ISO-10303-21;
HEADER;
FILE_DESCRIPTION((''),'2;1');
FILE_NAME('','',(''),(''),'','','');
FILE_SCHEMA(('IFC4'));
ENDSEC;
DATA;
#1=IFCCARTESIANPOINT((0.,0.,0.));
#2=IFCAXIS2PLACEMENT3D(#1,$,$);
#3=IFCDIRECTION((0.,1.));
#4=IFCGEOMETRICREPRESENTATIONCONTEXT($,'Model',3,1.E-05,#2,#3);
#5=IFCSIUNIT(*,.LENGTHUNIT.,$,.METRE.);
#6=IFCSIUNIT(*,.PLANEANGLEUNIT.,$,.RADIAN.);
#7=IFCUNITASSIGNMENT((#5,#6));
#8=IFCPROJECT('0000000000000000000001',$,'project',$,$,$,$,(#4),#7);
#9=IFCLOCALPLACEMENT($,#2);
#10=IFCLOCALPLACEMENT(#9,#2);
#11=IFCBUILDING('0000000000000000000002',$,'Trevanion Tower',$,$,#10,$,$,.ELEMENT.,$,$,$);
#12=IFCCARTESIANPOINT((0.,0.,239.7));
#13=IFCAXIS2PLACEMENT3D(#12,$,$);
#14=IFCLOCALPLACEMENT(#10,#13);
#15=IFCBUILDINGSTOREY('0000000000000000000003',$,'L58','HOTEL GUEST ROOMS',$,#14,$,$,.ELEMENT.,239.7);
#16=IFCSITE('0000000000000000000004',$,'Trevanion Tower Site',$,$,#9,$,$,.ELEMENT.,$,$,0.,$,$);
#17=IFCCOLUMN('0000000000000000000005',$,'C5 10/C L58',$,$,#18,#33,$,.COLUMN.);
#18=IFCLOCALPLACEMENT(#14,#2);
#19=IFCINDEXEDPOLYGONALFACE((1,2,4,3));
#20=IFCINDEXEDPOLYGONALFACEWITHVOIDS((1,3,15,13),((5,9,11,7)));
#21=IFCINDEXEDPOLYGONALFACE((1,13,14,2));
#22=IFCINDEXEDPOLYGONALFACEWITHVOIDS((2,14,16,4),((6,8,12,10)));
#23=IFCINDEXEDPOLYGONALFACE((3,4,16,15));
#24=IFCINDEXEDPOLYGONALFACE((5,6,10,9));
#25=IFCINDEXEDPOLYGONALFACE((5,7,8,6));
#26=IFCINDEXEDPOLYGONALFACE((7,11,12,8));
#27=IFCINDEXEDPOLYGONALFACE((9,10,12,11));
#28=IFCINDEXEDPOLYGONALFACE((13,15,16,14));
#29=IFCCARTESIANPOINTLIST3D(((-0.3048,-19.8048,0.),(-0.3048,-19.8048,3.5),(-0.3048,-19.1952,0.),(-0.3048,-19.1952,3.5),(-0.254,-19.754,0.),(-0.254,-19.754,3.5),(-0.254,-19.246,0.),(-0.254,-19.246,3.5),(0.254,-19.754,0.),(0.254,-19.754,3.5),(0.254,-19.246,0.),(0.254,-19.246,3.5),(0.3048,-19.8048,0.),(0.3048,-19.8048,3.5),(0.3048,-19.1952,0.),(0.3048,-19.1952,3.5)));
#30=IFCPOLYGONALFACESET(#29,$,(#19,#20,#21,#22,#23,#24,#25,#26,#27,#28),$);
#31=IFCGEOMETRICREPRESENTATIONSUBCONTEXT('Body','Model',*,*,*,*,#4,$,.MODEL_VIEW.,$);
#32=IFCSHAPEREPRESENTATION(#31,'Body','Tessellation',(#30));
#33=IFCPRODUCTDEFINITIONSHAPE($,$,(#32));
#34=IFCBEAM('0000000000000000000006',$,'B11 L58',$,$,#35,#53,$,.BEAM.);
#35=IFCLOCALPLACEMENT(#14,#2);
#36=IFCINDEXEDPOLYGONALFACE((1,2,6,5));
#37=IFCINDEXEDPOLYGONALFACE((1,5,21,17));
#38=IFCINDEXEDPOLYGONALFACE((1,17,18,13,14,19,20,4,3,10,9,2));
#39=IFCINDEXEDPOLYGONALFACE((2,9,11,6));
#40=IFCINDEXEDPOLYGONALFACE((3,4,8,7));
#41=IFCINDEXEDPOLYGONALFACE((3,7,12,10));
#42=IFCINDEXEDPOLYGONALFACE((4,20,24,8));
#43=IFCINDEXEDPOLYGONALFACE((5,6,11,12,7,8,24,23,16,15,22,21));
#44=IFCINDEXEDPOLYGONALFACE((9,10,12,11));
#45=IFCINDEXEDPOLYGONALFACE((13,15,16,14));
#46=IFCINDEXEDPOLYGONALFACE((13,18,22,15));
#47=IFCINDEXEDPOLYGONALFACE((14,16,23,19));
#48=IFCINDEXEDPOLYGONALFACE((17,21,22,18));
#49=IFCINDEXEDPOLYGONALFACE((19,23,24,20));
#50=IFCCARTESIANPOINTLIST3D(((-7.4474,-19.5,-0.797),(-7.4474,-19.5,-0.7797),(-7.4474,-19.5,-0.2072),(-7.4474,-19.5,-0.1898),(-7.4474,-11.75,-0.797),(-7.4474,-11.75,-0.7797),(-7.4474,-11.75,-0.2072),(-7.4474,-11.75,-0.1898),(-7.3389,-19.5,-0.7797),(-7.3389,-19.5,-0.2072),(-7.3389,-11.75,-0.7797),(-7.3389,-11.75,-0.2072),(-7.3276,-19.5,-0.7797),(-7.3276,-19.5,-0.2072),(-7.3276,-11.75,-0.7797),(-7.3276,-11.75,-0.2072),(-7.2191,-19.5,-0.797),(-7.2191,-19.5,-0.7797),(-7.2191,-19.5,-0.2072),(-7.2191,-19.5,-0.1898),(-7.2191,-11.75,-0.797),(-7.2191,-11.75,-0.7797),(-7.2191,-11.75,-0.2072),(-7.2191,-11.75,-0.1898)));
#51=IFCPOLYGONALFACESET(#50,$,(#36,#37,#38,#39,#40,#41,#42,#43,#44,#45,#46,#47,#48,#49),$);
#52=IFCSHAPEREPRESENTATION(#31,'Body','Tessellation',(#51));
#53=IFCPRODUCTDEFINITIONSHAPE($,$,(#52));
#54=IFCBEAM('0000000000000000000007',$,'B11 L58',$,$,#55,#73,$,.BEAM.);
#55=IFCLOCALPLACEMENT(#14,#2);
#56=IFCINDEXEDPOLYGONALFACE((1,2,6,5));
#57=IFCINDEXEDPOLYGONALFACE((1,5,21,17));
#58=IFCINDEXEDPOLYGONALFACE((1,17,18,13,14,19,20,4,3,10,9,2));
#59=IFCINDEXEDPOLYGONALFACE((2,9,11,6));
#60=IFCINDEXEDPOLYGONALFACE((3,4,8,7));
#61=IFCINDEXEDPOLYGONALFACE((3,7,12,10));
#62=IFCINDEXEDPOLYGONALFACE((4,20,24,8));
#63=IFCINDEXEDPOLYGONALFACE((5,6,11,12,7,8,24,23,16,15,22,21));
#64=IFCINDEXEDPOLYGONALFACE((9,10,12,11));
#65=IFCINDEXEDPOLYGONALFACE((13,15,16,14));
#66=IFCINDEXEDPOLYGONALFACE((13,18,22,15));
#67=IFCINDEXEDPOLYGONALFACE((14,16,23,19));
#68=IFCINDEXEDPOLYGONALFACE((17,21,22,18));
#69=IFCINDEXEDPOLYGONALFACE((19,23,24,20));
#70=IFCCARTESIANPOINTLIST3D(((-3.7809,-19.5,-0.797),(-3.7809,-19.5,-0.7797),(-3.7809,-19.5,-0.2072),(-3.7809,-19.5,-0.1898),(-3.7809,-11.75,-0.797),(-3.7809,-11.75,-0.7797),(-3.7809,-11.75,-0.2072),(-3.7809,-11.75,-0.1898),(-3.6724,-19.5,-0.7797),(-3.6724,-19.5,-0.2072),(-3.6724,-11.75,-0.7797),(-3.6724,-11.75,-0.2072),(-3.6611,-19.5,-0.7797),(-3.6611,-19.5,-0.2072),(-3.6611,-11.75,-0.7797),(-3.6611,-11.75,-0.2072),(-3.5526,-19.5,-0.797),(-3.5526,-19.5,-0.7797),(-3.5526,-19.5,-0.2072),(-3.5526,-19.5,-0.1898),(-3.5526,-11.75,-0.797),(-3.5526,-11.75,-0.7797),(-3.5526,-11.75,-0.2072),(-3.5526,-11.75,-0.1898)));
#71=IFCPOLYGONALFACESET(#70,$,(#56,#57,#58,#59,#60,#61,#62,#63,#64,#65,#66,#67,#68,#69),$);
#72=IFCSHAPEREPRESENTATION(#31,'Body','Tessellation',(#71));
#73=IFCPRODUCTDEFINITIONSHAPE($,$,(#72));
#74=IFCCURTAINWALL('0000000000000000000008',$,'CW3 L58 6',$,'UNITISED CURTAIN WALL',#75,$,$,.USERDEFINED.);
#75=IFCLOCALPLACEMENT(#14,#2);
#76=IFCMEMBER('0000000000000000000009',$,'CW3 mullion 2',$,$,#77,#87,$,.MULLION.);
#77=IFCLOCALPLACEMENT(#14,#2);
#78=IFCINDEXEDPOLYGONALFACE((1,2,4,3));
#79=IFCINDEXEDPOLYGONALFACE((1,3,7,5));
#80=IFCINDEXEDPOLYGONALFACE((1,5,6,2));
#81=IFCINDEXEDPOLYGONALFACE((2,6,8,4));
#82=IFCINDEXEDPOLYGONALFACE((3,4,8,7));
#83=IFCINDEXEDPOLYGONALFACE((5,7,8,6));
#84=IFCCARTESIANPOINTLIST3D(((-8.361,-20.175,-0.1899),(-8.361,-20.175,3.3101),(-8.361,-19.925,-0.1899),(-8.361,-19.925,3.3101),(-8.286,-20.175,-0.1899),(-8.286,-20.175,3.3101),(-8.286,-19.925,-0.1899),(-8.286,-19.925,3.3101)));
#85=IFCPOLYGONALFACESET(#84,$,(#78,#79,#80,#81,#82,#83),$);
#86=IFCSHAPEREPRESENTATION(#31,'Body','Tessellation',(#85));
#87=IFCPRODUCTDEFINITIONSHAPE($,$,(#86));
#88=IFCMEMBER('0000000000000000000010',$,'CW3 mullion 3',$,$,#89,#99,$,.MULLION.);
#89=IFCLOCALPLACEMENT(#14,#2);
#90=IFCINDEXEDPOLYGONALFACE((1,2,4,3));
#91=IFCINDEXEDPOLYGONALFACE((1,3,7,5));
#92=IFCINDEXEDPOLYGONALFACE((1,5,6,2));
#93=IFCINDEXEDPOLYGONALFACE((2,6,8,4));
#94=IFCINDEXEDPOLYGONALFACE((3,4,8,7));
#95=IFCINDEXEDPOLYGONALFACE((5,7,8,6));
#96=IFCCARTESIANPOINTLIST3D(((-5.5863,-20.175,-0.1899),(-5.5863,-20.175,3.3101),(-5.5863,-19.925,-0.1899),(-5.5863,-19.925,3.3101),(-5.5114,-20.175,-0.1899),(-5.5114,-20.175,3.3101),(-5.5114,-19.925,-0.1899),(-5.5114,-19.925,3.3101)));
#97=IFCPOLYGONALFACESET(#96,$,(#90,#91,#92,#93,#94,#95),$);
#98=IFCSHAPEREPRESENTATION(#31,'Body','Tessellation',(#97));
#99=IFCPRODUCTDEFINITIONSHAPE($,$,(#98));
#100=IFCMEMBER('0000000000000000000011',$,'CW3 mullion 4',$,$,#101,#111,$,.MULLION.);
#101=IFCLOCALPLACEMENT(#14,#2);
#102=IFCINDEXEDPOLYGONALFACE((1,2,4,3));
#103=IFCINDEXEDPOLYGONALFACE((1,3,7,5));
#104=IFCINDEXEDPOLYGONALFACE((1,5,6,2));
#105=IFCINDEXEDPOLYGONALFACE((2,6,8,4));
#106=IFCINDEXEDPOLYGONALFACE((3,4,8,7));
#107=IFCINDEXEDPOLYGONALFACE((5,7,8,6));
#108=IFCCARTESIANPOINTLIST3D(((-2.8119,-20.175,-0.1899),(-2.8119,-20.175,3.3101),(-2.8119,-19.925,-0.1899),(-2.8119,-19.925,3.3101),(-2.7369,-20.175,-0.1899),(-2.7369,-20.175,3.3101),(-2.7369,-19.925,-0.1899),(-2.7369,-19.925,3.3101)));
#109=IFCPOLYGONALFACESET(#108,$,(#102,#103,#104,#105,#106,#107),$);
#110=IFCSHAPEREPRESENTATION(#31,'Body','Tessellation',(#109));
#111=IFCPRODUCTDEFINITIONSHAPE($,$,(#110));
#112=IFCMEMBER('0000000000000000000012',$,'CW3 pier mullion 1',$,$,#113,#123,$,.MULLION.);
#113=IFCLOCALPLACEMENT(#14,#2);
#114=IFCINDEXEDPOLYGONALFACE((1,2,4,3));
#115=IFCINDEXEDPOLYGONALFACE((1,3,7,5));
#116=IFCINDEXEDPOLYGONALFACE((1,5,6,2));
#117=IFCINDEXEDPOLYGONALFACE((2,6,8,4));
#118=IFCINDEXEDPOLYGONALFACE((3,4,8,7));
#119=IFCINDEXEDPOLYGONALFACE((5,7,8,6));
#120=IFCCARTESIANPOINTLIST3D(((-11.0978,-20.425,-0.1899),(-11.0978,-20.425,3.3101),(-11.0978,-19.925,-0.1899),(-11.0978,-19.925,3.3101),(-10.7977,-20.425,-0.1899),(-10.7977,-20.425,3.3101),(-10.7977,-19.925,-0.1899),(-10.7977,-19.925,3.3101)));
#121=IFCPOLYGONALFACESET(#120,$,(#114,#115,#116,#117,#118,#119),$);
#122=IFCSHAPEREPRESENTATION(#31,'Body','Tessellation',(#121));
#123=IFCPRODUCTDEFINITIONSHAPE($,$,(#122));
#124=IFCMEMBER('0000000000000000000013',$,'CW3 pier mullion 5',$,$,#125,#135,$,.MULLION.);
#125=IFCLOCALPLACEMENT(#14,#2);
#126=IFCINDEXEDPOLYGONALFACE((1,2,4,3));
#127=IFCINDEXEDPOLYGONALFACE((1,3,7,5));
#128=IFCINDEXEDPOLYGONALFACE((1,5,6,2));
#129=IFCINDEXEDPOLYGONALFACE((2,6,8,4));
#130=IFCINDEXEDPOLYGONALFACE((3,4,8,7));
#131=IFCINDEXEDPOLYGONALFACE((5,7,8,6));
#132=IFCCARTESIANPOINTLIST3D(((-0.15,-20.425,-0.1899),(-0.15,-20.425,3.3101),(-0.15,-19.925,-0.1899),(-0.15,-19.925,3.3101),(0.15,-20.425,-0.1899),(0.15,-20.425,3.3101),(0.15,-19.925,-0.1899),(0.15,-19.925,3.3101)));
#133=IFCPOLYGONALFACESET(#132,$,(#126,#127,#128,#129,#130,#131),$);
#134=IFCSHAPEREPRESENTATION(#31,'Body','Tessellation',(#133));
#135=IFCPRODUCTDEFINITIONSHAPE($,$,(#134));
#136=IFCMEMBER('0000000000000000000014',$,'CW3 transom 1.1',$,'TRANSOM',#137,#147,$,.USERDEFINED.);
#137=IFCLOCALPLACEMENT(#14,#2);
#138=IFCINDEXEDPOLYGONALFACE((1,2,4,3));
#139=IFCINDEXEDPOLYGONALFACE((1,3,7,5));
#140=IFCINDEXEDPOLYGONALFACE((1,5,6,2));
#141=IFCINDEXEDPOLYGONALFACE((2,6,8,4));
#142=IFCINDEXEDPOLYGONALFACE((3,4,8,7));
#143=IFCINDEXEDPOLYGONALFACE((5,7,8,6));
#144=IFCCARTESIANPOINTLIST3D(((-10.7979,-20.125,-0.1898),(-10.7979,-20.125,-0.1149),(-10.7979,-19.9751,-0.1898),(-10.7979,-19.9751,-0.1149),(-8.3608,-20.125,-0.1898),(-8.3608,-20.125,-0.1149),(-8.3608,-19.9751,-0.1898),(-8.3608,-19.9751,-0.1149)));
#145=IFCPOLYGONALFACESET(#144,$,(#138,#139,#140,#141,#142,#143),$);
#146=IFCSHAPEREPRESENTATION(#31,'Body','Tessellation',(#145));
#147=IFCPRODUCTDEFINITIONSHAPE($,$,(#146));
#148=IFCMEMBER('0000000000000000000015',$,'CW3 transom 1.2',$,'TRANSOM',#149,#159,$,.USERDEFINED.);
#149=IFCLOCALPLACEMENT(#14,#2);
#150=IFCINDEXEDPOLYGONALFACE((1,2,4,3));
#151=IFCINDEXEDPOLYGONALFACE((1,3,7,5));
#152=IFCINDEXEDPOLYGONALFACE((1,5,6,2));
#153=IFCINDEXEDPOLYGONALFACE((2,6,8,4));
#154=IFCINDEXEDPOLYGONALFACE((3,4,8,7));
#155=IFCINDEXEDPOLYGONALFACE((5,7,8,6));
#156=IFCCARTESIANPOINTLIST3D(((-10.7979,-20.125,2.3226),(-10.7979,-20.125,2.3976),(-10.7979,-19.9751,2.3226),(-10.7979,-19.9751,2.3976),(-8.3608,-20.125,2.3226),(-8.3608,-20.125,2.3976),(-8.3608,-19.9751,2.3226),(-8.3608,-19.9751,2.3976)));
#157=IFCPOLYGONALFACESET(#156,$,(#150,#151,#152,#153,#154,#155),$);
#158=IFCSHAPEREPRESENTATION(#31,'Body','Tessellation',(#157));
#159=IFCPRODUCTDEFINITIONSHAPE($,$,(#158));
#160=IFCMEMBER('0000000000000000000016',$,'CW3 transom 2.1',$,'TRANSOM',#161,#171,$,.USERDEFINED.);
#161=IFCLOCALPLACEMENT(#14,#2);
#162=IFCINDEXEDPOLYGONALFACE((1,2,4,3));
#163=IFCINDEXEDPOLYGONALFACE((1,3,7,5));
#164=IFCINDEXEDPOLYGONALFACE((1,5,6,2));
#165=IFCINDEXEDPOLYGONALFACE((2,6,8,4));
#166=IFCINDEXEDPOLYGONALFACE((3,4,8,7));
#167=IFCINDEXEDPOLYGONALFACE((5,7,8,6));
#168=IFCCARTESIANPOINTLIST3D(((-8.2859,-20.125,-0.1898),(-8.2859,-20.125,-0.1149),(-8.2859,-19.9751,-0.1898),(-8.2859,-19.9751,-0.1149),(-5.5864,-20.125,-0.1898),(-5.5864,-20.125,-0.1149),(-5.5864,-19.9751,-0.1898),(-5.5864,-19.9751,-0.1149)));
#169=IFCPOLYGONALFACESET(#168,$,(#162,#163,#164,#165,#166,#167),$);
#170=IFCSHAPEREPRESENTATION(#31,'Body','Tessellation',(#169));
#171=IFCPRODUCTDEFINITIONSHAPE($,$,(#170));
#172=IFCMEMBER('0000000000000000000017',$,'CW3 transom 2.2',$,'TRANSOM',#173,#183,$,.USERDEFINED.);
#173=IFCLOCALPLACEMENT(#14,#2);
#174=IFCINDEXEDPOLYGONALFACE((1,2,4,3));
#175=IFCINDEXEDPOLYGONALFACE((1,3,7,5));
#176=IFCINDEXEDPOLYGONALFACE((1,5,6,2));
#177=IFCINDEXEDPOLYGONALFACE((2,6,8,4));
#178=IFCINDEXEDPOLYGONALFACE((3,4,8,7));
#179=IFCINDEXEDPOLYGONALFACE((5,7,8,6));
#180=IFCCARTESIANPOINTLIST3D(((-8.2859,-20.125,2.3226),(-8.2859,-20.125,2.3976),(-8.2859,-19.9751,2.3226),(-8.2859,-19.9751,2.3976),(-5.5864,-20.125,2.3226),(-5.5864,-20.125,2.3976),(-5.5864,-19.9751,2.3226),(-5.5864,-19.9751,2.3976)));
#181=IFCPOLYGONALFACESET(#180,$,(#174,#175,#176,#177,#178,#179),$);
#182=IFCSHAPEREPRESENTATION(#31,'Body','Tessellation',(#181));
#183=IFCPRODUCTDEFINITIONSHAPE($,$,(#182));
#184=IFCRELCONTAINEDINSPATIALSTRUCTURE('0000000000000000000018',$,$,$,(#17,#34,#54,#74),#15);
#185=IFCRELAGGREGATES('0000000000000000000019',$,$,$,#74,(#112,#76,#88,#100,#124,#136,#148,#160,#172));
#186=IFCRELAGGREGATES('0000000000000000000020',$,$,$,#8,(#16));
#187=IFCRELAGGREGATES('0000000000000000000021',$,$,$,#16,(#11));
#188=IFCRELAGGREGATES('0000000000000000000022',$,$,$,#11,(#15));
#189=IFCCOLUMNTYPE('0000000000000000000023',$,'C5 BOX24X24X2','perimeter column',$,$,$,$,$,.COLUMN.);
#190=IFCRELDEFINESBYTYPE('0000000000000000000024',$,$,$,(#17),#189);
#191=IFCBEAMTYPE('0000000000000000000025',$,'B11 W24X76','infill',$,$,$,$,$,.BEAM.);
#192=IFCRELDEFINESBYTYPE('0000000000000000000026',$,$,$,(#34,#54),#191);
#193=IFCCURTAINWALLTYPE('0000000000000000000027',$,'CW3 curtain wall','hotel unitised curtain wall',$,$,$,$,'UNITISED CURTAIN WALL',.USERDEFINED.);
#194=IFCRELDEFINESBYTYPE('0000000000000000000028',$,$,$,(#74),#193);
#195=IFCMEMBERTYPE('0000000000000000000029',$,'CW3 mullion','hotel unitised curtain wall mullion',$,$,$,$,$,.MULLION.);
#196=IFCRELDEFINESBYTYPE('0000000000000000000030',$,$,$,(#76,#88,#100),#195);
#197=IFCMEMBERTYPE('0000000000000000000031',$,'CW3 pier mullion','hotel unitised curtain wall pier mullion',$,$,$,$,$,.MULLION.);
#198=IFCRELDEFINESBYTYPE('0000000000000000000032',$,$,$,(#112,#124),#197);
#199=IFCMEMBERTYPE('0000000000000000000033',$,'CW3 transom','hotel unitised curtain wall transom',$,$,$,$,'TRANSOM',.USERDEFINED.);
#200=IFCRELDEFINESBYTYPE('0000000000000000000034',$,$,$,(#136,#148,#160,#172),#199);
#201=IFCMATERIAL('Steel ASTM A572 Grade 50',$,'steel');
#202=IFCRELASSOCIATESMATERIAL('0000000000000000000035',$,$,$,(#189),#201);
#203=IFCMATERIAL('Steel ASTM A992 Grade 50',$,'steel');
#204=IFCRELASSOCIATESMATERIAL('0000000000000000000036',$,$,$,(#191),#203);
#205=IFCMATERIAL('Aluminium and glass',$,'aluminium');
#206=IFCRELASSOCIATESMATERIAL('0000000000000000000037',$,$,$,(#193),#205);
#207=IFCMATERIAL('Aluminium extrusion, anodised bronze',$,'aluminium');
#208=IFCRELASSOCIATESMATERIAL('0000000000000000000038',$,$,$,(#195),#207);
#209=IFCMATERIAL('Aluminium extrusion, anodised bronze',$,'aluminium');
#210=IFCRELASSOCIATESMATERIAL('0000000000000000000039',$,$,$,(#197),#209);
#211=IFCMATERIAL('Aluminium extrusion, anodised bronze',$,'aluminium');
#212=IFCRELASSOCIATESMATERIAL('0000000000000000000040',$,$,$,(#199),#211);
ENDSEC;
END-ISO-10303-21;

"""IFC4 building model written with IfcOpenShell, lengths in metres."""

from ifc_helpers import new_model, si_unit, direction, frame, origin, origin_2d, place, context, subcontext, project, spatial, rectangle, hollow_rectangle, i_section, extrude, material, material_profile, profile_set, type_object, element, aggregate, save


model = new_model("IFC4")

# Units and contexts
model_context = context("Model", 3, precision=1e-05, world=origin(), true_north=direction((0.0, 1.0)))
body_context = subcontext(model_context, "Body", "Model", "MODEL_VIEW")
ifc_project = project(units=[si_unit("LENGTHUNIT", "METRE"), si_unit("PLANEANGLEUNIT", "RADIAN")], contexts=[model_context])

# Site, building, storey
site_placement = place(None, origin())
site = spatial("IfcSite", under=ifc_project, at=site_placement, Name="Trevanion Tower Site", CompositionType="ELEMENT", RefElevation=0.0)
building_placement = place(site_placement, origin())
building = spatial("IfcBuilding", under=site, at=building_placement, Name="Trevanion Tower", CompositionType="ELEMENT")
storey_placement = place(building_placement, frame((0.0, 0.0, 239.7)))
storey = spatial("IfcBuildingStorey", under=building, at=storey_placement, Name="L58", Description="HOTEL GUEST ROOMS", CompositionType="ELEMENT", Elevation=239.7)

# Column
ifc_material_1 = material(Name="Steel ASTM A572 Grade 50", Category="steel")
ifc_material_profile_1 = material_profile(ifc_material_1, hollow_rectangle(XDim=0.6096, YDim=0.6096, WallThickness=0.0508, at=origin_2d()), Name="BOX24X24X2")
ifc_profile_set_1 = profile_set([ifc_material_profile_1], Name="Steel ASTM A572 Grade 50")
column_type = type_object("IfcColumnType", Name="C5 BOX24X24X2", Description="perimeter column", PredefinedType="COLUMN", material=ifc_profile_set_1)
column_placement = place(storey_placement, frame((0.0, -19.5, 0.0), z_axis=(0.0, 0.0, 1.0), x_axis=(1.0, 0.0, 0.0)))
element("IfcColumn", 1, at=column_placement, inside=storey, type_object=column_type, Name="C5 10/C L58", PredefinedType="COLUMN", context=body_context, shape_type="SweptSolid", body=[
    extrude(hollow_rectangle(XDim=0.6096, YDim=0.6096, WallThickness=0.0508, at=origin_2d()), origin(), (0.0, 0.0, 1.0), 3.5),
])

# Beams
ifc_material_2 = material(Name="Steel ASTM A992 Grade 50", Category="steel")
ifc_material_profile_2 = material_profile(ifc_material_2, i_section(OverallWidth=0.2283, OverallDepth=0.6072, WebThickness=0.0112, FlangeThickness=0.0173, at=origin_2d()), Name="W24X76")
ifc_profile_set_2 = profile_set([ifc_material_profile_2], Name="Steel ASTM A992 Grade 50")
beam_type_1 = type_object("IfcBeamType", Name="B11 W24X76", Description="infill", PredefinedType="BEAM", material=ifc_profile_set_2)
for number, where, z_axis, x_axis, name in (
    (2, (-7.3333, -11.75, -0.4934), (0.0, -1.0, 0.0), (1.0, 0.0, 0.0), "B11 L58"),
    (3, (-3.6667, -11.75, -0.4934), (0.0, -1.0, 0.0), (1.0, 0.0, 0.0), "B11 L58"),
):
    element("IfcBeam", number, at=place(storey_placement, frame(where, z_axis=z_axis, x_axis=x_axis)), inside=storey, type_object=beam_type_1, Name=name, PredefinedType="BEAM", context=body_context, shape_type="SweptSolid", body=[
        extrude(i_section(OverallWidth=0.2283, OverallDepth=0.6072, WebThickness=0.0112, FlangeThickness=0.0173, at=origin_2d()), origin(), (0.0, 0.0, 1.0), 7.75),
    ])

# Curtain wall, members
ifc_material_3 = material(Name="Aluminium and glass", Category="aluminium")
curtain_wall_type = type_object("IfcCurtainWallType", Name="CW3 curtain wall", Description="hotel unitised curtain wall", ElementType="UNITISED CURTAIN WALL", PredefinedType="USERDEFINED", material=ifc_material_3)
curtain_wall_placement = place(storey_placement, origin())
curtain_wall = element("IfcCurtainWall", 4, at=curtain_wall_placement, inside=storey, type_object=curtain_wall_type, Name="CW3 L58 6", ObjectType="UNITISED CURTAIN WALL", PredefinedType="USERDEFINED")
ifc_material_4 = material(Name="Aluminium extrusion, anodised bronze", Category="aluminium")
ifc_material_profile_3 = material_profile(ifc_material_4, rectangle(XDim=0.075, YDim=0.25, at=origin_2d()), Name="CW3 mullion")
ifc_profile_set_3 = profile_set([ifc_material_profile_3], Name="Aluminium extrusion, anodised bronze")
member_type_1 = type_object("IfcMemberType", Name="CW3 mullion", Description="hotel unitised curtain wall mullion", PredefinedType="MULLION", material=ifc_profile_set_3)
member_1_placement = place(storey_placement, frame((-8.3235, -20.05, -0.1899), z_axis=(0.0, 0.0, 1.0), x_axis=(1.0, 0.0, 0.0)))
member_1 = element("IfcMember", 5, at=member_1_placement, type_object=member_type_1, Name="CW3 mullion 2", PredefinedType="MULLION", context=body_context, shape_type="SweptSolid", body=[
    extrude(rectangle(XDim=0.075, YDim=0.25, at=origin_2d()), origin(), (0.0, 0.0, 1.0), 3.5),
])
member_2_placement = place(storey_placement, frame((-5.5488, -20.05, -0.1899), z_axis=(0.0, 0.0, 1.0), x_axis=(1.0, 0.0, 0.0)))
member_2 = element("IfcMember", 6, at=member_2_placement, type_object=member_type_1, Name="CW3 mullion 3", PredefinedType="MULLION", context=body_context, shape_type="SweptSolid", body=[
    extrude(rectangle(XDim=0.075, YDim=0.25, at=origin_2d()), origin(), (0.0, 0.0, 1.0), 3.5),
])
member_3_placement = place(storey_placement, frame((-2.7744, -20.05, -0.1899), z_axis=(0.0, 0.0, 1.0), x_axis=(1.0, 0.0, 0.0)))
member_3 = element("IfcMember", 7, at=member_3_placement, type_object=member_type_1, Name="CW3 mullion 4", PredefinedType="MULLION", context=body_context, shape_type="SweptSolid", body=[
    extrude(rectangle(XDim=0.075, YDim=0.25, at=origin_2d()), origin(), (0.0, 0.0, 1.0), 3.5),
])
ifc_material_5 = material(Name="Aluminium extrusion, anodised bronze", Category="aluminium")
ifc_material_profile_4 = material_profile(ifc_material_5, rectangle(XDim=0.3, YDim=0.5, at=origin_2d()), Name="CW3 pier mullion")
ifc_profile_set_4 = profile_set([ifc_material_profile_4], Name="Aluminium extrusion, anodised bronze")
member_type_2 = type_object("IfcMemberType", Name="CW3 pier mullion", Description="hotel unitised curtain wall pier mullion", PredefinedType="MULLION", material=ifc_profile_set_4)
member_4_placement = place(storey_placement, frame((-10.9478, -20.175, -0.1899), z_axis=(0.0, 0.0, 1.0), x_axis=(1.0, 0.0, 0.0)))
member_4 = element("IfcMember", 8, at=member_4_placement, type_object=member_type_2, Name="CW3 pier mullion 1", PredefinedType="MULLION", context=body_context, shape_type="SweptSolid", body=[
    extrude(rectangle(XDim=0.3, YDim=0.5, at=origin_2d()), origin(), (0.0, 0.0, 1.0), 3.5),
])
member_5_placement = place(storey_placement, frame((0.0, -20.175, -0.1899), z_axis=(0.0, 0.0, 1.0), x_axis=(1.0, 0.0, 0.0)))
member_5 = element("IfcMember", 9, at=member_5_placement, type_object=member_type_2, Name="CW3 pier mullion 5", PredefinedType="MULLION", context=body_context, shape_type="SweptSolid", body=[
    extrude(rectangle(XDim=0.3, YDim=0.5, at=origin_2d()), origin(), (0.0, 0.0, 1.0), 3.5),
])
ifc_material_6 = material(Name="Aluminium extrusion, anodised bronze", Category="aluminium")
ifc_material_profile_5 = material_profile(ifc_material_6, rectangle(XDim=0.1499, YDim=0.075, at=origin_2d()), Name="CW3 transom")
ifc_profile_set_5 = profile_set([ifc_material_profile_5], Name="Aluminium extrusion, anodised bronze")
member_type_3 = type_object("IfcMemberType", Name="CW3 transom", Description="hotel unitised curtain wall transom", ElementType="TRANSOM", PredefinedType="USERDEFINED", material=ifc_profile_set_5)
member_6_placement = place(storey_placement, frame((-10.7979, -20.05, -0.1523), z_axis=(1.0, 0.0, 0.0), x_axis=(0.0, 1.0, 0.0)))
member_6 = element("IfcMember", 10, at=member_6_placement, type_object=member_type_3, Name="CW3 transom 1.1", ObjectType="TRANSOM", PredefinedType="USERDEFINED", context=body_context, shape_type="SweptSolid", body=[
    extrude(rectangle(XDim=0.1499, YDim=0.075, at=origin_2d()), origin(), (0.0, 0.0, 1.0), 2.437),
])
member_7_placement = place(storey_placement, frame((-10.7979, -20.05, 2.3601), z_axis=(1.0, 0.0, 0.0), x_axis=(0.0, 1.0, 0.0)))
member_7 = element("IfcMember", 11, at=member_7_placement, type_object=member_type_3, Name="CW3 transom 1.2", ObjectType="TRANSOM", PredefinedType="USERDEFINED", context=body_context, shape_type="SweptSolid", body=[
    extrude(rectangle(XDim=0.1499, YDim=0.075, at=origin_2d()), origin(), (0.0, 0.0, 1.0), 2.437),
])
member_8_placement = place(storey_placement, frame((-8.2859, -20.05, -0.1523), z_axis=(1.0, 0.0, 0.0), x_axis=(0.0, 1.0, 0.0)))
member_8 = element("IfcMember", 12, at=member_8_placement, type_object=member_type_3, Name="CW3 transom 2.1", ObjectType="TRANSOM", PredefinedType="USERDEFINED", context=body_context, shape_type="SweptSolid", body=[
    extrude(rectangle(XDim=0.1499, YDim=0.075, at=origin_2d()), origin(), (0.0, 0.0, 1.0), 2.6995),
])
member_9_placement = place(storey_placement, frame((-8.2859, -20.05, 2.3601), z_axis=(1.0, 0.0, 0.0), x_axis=(0.0, 1.0, 0.0)))
member_9 = element("IfcMember", 13, at=member_9_placement, type_object=member_type_3, Name="CW3 transom 2.2", ObjectType="TRANSOM", PredefinedType="USERDEFINED", context=body_context, shape_type="SweptSolid", body=[
    extrude(rectangle(XDim=0.1499, YDim=0.075, at=origin_2d()), origin(), (0.0, 0.0, 1.0), 2.6995),
])

aggregate(curtain_wall, [member_4, member_1, member_2, member_3, member_5, member_6, member_7, member_8, member_9])

save(model, "model.ifc")
